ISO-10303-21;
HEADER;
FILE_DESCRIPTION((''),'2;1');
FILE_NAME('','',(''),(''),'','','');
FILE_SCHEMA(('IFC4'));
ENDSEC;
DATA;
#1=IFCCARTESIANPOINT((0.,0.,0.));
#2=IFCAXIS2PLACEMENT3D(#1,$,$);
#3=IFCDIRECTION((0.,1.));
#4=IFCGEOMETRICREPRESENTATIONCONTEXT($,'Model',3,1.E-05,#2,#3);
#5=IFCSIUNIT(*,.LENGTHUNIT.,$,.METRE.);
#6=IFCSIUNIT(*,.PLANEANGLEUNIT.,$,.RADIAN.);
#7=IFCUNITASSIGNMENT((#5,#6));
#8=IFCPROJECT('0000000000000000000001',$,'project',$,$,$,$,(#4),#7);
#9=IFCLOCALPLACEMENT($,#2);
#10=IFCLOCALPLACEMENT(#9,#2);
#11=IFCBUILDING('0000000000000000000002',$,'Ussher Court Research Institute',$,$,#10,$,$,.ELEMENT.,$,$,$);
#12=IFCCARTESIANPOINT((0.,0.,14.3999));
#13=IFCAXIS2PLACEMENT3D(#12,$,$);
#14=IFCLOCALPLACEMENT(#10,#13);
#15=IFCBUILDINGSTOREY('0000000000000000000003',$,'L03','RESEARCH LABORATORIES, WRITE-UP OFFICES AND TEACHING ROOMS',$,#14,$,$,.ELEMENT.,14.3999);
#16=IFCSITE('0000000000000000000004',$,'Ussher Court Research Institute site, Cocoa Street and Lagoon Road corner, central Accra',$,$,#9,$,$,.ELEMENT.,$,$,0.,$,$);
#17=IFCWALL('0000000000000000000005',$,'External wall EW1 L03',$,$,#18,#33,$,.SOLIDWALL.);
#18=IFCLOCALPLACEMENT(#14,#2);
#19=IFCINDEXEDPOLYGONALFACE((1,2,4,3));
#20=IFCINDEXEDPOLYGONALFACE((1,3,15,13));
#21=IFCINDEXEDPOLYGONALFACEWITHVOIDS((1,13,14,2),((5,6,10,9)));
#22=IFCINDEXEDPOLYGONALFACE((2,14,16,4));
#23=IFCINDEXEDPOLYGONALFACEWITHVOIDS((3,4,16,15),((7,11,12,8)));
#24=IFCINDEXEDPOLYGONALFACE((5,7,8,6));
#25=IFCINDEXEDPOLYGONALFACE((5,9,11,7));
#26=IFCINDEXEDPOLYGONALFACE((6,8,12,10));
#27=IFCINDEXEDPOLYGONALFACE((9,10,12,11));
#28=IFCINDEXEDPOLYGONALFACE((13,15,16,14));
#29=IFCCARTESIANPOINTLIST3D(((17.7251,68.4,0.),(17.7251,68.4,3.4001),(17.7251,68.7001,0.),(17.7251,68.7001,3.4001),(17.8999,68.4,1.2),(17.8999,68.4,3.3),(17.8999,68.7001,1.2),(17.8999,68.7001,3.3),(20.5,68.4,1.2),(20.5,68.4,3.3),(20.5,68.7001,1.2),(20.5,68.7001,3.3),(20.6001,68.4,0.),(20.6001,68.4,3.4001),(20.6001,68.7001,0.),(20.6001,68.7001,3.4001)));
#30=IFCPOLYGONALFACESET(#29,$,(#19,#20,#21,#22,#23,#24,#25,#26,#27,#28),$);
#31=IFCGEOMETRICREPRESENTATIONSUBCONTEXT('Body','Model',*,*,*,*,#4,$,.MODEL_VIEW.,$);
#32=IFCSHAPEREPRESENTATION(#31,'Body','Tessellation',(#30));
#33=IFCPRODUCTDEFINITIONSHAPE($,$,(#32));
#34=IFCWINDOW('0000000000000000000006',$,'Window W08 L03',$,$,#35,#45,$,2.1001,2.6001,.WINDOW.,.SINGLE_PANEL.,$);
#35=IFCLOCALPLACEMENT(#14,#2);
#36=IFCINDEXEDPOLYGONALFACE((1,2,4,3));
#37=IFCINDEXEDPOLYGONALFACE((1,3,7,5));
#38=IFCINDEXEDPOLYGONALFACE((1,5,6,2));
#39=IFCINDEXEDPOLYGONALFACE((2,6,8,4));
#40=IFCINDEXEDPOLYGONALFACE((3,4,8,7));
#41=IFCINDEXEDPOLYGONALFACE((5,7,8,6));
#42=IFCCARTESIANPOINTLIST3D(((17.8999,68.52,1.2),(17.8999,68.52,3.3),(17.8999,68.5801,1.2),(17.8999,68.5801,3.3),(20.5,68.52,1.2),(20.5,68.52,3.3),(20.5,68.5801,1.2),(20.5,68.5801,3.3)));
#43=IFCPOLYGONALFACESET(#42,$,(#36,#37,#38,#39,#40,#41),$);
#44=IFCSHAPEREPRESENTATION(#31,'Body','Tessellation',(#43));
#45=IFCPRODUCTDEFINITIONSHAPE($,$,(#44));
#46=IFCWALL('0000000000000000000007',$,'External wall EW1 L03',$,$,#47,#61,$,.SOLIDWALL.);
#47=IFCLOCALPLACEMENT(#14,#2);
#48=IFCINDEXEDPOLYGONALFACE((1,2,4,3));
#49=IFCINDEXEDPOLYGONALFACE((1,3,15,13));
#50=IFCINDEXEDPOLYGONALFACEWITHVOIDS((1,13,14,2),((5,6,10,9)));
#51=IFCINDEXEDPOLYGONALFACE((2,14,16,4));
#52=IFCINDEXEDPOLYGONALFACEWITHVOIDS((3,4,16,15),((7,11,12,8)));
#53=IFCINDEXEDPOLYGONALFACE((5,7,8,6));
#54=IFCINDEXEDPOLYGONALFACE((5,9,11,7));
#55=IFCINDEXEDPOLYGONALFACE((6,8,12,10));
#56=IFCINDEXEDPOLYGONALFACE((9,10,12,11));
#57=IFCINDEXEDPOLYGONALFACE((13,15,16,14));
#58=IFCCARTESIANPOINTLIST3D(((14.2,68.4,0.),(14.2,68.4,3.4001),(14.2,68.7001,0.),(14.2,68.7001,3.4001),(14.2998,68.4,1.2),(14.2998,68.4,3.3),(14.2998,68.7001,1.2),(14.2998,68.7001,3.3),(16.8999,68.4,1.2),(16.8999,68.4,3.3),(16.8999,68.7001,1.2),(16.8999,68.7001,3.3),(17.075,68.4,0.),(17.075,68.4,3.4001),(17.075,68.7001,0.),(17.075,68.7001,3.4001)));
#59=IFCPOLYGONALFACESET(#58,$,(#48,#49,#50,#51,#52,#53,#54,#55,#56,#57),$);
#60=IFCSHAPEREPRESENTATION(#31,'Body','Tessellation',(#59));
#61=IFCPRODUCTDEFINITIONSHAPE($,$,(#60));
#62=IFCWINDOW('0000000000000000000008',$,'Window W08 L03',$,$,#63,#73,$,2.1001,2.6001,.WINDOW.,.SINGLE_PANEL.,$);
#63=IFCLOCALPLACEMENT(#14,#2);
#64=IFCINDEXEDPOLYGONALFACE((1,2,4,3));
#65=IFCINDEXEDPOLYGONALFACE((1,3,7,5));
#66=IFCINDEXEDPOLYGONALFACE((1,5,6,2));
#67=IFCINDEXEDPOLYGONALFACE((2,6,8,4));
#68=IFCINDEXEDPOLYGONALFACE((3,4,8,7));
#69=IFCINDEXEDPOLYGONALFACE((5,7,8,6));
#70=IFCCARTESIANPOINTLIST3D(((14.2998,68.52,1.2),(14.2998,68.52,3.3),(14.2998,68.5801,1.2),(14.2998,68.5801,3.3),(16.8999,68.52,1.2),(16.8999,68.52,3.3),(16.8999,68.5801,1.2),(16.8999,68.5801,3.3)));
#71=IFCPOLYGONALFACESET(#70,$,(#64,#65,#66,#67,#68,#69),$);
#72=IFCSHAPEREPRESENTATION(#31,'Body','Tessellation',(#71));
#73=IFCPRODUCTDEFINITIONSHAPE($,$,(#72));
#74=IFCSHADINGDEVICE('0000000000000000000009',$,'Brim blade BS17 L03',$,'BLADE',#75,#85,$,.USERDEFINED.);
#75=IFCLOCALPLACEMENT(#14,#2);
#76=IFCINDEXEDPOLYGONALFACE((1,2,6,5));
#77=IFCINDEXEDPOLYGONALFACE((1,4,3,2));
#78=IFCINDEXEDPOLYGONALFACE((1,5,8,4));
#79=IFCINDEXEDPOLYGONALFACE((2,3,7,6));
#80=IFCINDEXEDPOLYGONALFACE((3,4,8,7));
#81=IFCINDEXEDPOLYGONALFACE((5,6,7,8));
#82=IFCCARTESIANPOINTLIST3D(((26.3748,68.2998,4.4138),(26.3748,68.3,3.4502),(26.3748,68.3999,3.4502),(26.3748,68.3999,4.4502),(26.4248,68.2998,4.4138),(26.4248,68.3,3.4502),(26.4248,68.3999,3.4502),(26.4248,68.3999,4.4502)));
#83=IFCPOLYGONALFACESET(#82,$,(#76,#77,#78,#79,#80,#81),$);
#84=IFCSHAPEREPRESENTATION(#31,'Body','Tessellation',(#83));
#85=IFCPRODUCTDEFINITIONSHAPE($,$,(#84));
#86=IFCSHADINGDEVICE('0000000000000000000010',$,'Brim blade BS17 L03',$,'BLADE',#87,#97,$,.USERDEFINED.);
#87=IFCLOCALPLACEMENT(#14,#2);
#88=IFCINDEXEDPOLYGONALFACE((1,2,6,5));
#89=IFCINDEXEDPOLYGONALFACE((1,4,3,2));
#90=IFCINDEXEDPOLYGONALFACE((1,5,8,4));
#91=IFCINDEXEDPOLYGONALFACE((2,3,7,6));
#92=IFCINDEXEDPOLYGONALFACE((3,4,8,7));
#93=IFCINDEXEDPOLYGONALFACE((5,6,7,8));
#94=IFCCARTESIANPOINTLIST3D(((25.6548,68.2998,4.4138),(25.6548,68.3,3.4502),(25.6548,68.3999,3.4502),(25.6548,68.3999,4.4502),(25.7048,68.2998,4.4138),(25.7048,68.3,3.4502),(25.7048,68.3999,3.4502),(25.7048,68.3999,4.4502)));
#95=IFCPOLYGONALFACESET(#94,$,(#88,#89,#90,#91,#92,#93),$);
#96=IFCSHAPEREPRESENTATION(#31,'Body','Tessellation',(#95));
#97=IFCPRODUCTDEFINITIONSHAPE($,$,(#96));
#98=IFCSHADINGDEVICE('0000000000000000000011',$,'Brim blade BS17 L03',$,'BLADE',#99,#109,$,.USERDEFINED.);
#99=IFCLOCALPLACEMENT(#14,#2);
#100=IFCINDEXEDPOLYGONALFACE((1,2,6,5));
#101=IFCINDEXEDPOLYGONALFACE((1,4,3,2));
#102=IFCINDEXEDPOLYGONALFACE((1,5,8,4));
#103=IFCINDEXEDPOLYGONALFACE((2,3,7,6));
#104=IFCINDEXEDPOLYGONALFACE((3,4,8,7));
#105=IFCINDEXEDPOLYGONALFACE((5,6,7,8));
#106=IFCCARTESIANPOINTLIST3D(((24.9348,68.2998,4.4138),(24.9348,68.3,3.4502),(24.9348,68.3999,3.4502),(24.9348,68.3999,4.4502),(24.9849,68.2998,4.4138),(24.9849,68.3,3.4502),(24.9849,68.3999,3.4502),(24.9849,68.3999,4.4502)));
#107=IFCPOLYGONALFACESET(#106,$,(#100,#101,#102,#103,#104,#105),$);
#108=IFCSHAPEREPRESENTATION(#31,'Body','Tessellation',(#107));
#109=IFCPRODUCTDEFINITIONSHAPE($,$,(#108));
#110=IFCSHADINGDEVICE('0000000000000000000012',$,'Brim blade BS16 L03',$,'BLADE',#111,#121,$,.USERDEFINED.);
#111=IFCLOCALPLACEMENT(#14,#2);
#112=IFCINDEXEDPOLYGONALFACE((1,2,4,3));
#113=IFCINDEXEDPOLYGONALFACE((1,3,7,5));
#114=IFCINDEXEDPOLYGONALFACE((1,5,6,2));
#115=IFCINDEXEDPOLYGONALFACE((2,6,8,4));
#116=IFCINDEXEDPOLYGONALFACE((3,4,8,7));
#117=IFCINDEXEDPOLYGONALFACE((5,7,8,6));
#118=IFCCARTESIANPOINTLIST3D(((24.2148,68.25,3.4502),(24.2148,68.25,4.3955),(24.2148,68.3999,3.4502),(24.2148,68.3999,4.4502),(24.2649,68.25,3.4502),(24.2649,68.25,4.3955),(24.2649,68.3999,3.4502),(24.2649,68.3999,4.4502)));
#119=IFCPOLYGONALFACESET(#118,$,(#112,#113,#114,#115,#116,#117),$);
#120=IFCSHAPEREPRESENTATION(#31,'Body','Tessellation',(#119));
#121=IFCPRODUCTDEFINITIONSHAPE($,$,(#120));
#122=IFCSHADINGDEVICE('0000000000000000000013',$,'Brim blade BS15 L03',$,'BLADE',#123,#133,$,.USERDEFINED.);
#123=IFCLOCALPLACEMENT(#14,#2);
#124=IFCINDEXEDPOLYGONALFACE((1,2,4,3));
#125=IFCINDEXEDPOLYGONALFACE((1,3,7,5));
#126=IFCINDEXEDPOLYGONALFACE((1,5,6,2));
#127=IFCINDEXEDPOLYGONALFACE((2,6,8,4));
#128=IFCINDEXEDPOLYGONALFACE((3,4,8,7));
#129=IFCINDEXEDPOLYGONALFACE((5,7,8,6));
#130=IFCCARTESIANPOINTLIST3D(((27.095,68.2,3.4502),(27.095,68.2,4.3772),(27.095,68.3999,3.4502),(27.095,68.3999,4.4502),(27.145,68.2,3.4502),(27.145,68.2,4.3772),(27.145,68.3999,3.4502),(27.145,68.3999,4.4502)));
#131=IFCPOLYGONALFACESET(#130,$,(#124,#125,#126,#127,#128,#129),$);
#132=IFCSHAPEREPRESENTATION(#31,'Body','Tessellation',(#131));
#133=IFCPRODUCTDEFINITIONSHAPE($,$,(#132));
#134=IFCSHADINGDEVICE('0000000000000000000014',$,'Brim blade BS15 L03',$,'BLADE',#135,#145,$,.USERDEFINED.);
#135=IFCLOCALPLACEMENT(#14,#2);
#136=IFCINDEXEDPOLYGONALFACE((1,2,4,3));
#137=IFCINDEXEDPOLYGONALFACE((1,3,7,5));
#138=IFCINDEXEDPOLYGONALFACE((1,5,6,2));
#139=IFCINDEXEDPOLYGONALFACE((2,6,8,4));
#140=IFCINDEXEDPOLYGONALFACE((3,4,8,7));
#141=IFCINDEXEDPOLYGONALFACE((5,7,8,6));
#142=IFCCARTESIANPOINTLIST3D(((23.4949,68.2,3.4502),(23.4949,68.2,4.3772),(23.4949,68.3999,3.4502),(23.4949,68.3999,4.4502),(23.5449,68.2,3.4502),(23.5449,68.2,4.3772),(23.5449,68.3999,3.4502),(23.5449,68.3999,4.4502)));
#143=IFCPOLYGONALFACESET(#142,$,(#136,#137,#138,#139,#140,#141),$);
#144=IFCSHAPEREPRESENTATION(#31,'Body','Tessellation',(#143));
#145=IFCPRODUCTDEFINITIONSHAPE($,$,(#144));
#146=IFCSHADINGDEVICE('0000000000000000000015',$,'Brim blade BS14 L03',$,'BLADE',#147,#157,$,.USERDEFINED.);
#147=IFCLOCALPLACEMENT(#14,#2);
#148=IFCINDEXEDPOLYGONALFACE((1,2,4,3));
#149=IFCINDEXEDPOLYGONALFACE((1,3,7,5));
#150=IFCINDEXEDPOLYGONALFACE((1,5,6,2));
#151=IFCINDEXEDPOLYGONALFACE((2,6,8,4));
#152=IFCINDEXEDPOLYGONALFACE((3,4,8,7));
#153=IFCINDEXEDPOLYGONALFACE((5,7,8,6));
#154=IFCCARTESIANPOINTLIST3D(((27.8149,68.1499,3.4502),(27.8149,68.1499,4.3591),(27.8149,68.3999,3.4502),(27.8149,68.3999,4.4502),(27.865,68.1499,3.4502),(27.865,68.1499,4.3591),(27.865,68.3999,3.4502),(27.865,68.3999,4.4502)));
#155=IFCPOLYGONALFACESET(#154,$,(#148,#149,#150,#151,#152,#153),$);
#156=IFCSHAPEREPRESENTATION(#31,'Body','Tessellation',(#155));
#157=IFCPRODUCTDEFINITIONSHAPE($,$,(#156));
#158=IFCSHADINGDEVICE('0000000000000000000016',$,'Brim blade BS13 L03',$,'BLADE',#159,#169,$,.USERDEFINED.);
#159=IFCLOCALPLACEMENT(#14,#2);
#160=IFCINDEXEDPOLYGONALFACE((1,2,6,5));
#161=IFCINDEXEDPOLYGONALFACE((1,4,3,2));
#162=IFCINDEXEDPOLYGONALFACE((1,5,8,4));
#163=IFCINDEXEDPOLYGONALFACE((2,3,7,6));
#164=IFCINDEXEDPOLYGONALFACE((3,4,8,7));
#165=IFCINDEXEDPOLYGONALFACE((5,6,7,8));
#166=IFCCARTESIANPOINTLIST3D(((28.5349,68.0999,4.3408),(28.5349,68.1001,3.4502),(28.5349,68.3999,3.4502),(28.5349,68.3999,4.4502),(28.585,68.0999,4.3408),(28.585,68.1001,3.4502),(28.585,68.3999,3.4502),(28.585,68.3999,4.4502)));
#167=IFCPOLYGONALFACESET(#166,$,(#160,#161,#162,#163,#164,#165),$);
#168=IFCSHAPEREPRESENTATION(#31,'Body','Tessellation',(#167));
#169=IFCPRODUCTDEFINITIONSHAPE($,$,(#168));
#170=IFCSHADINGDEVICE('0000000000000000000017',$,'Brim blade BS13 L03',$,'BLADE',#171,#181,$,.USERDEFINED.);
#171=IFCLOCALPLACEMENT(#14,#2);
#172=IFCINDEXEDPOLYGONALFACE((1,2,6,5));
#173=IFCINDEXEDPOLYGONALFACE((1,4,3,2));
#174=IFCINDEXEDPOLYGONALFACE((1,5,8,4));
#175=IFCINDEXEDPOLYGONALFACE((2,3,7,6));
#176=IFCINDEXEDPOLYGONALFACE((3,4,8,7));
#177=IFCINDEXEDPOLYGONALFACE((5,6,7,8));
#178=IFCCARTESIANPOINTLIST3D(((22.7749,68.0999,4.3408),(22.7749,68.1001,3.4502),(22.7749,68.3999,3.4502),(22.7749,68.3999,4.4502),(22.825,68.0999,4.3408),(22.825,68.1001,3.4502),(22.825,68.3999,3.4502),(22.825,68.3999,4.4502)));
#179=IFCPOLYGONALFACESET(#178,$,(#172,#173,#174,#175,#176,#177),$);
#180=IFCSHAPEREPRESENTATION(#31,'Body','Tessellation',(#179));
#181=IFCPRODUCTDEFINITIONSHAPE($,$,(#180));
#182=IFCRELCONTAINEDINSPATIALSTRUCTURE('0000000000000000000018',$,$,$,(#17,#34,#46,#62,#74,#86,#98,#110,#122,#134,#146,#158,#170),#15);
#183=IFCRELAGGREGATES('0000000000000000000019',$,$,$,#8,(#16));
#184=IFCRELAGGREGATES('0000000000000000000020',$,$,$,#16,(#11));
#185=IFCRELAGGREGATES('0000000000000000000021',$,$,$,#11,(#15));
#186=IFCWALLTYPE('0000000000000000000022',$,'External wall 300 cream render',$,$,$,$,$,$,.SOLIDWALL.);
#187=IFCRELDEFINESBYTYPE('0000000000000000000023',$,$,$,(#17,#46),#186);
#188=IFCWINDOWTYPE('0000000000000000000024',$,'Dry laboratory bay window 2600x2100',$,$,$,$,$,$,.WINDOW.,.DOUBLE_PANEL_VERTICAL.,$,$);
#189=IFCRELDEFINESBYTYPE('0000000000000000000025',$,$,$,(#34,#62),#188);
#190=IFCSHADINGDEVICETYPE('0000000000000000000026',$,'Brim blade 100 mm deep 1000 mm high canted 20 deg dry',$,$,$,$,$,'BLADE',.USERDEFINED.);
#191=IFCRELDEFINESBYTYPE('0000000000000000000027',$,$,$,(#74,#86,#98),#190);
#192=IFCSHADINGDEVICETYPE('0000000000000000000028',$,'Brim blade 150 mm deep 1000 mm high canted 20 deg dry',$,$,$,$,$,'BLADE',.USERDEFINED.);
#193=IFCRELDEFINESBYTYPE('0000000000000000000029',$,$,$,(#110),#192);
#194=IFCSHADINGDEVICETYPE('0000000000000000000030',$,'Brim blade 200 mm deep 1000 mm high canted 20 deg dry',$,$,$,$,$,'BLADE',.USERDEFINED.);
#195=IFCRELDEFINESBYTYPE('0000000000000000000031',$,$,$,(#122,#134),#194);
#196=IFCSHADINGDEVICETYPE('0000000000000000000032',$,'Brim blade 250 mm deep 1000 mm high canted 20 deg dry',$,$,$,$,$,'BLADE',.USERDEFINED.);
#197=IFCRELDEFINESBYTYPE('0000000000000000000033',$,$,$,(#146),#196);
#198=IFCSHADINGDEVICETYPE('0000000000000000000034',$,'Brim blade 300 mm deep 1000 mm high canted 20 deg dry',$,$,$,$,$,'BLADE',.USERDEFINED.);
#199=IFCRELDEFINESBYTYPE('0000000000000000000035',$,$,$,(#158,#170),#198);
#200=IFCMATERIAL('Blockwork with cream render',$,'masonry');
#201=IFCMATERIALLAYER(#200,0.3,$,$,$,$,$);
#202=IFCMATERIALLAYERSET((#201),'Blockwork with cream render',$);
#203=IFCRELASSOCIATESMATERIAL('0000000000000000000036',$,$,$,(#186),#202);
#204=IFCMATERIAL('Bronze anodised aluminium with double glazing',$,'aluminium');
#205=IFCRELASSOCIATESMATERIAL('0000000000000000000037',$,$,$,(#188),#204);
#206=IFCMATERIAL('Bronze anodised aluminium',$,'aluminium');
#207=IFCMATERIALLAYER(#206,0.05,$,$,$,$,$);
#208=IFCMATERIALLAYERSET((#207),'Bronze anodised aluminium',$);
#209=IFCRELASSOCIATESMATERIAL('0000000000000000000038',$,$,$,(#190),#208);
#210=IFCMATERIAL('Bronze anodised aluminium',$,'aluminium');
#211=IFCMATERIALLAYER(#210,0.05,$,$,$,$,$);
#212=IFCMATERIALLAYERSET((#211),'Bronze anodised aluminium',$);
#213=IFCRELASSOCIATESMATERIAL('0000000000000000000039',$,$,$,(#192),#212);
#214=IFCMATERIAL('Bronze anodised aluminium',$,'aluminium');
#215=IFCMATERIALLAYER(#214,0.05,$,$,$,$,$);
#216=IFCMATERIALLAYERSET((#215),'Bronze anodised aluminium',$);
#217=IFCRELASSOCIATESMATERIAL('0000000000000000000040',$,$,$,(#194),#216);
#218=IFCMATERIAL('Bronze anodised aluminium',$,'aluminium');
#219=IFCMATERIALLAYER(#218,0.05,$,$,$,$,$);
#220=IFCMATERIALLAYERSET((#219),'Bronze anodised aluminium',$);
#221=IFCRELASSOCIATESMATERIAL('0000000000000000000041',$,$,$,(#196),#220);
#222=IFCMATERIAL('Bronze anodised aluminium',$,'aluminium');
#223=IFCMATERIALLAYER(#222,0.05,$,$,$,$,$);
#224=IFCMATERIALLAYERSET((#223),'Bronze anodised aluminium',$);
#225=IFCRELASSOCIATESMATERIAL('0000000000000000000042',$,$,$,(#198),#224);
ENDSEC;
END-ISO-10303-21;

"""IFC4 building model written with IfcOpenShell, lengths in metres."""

from ifc_helpers import new_model, si_unit, direction, frame, frame_2d, origin, place, context, subcontext, project, spatial, polyline, rectangle, outline, extrude, material, layer, layer_set, type_object, element, fill, save


model = new_model("IFC4")

# Units and contexts
model_context = context("Model", 3, precision=1e-05, world=origin(), true_north=direction((0.0, 1.0)))
body_context = subcontext(model_context, "Body", "Model", "MODEL_VIEW")
ifc_project = project(units=[si_unit("LENGTHUNIT", "METRE"), si_unit("PLANEANGLEUNIT", "RADIAN")], contexts=[model_context])

# Site, building, storey
site_placement = place(None, origin())
site = spatial("IfcSite", under=ifc_project, at=site_placement, Name="Ussher Court Research Institute site, Cocoa Street and Lagoon Road corner, central Accra", CompositionType="ELEMENT", RefElevation=0.0)
building_placement = place(site_placement, origin())
building = spatial("IfcBuilding", under=site, at=building_placement, Name="Ussher Court Research Institute", CompositionType="ELEMENT")
storey_placement = place(building_placement, frame((0.0, 0.0, 14.3999)))
storey = spatial("IfcBuildingStorey", under=building, at=storey_placement, Name="L03", Description="RESEARCH LABORATORIES, WRITE-UP OFFICES AND TEACHING ROOMS", CompositionType="ELEMENT", Elevation=14.3999)

# Walls, openings, windows
ifc_material_1 = material(Name="Blockwork with cream render", Category="masonry")
ifc_layer_1 = layer(ifc_material_1, 0.3)
ifc_layer_set_1 = layer_set([ifc_layer_1], Name="Blockwork with cream render")
wall_type = type_object("IfcWallType", Name="External wall 300 cream render", PredefinedType="SOLIDWALL", material=ifc_layer_set_1)
wall_1_placement = place(storey_placement, frame((20.6001, 68.55, 0.0), z_axis=(0.0, 0.0, 1.0), x_axis=(-1.0, 0.0, 0.0)))
wall_1 = element("IfcWall", 1, at=wall_1_placement, inside=storey, type_object=wall_type, Name="External wall EW1 L03", PredefinedType="SOLIDWALL", context=body_context, shape_type="SweptSolid", body=[
    extrude(rectangle(XDim=2.875, YDim=0.3, at=frame_2d((1.4375, 0.0))), origin(), (0.0, 0.0, 1.0), 3.4001),
])
opening_1_placement = place(wall_1_placement, frame((0.1001, 0.0, 1.2)))
opening_1 = element("IfcOpeningElement", 2, at=opening_1_placement, cuts=wall_1, PredefinedType="OPENING", context=body_context, shape_type="SweptSolid", body=[
    extrude(rectangle(XDim=2.6001, YDim=2.1001, at=frame_2d((1.3, 1.05))), frame((0.0, 0.1602, 0.0), z_axis=(0.0, -1.0, 0.0), x_axis=(1.0, 0.0, 0.0)), (0.0, 0.0, 1.0), 0.3201),
])
ifc_material_2 = material(Name="Bronze anodised aluminium with double glazing", Category="aluminium")
window_type = type_object("IfcWindowType", Name="Dry laboratory bay window 2600x2100", PartitioningType="DOUBLE_PANEL_VERTICAL", PredefinedType="WINDOW", material=ifc_material_2)
window_1_placement = place(opening_1_placement, origin())
window_1 = element("IfcWindow", 3, at=window_1_placement, inside=storey, type_object=window_type, Name="Window W08 L03", OverallHeight=2.1001, OverallWidth=2.6001, PartitioningType="SINGLE_PANEL", PredefinedType="WINDOW", context=body_context, shape_type="SweptSolid", body=[
    extrude(rectangle(XDim=2.6001, YDim=2.1001, at=frame_2d((1.3, 1.05))), frame((0.0, 0.03, 0.0), z_axis=(0.0, -1.0, 0.0), x_axis=(1.0, 0.0, 0.0)), (0.0, 0.0, 1.0), 0.0601),
])
fill(opening_1, window_1)
wall_2_placement = place(storey_placement, frame((17.075, 68.55, 0.0), z_axis=(0.0, 0.0, 1.0), x_axis=(-1.0, 0.0, 0.0)))
wall_2 = element("IfcWall", 4, at=wall_2_placement, inside=storey, type_object=wall_type, Name="External wall EW1 L03", PredefinedType="SOLIDWALL", context=body_context, shape_type="SweptSolid", body=[
    extrude(rectangle(XDim=2.875, YDim=0.3, at=frame_2d((1.4375, 0.0))), origin(), (0.0, 0.0, 1.0), 3.4001),
])
opening_2_placement = place(wall_2_placement, frame((0.175, 0.0, 1.2)))
opening_2 = element("IfcOpeningElement", 5, at=opening_2_placement, cuts=wall_2, PredefinedType="OPENING", context=body_context, shape_type="SweptSolid", body=[
    extrude(rectangle(XDim=2.6001, YDim=2.1001, at=frame_2d((1.3, 1.05))), frame((0.0, 0.1602, 0.0), z_axis=(0.0, -1.0, 0.0), x_axis=(1.0, 0.0, 0.0)), (0.0, 0.0, 1.0), 0.3201),
])
window_2_placement = place(opening_2_placement, origin())
window_2 = element("IfcWindow", 6, at=window_2_placement, inside=storey, type_object=window_type, Name="Window W08 L03", OverallHeight=2.1001, OverallWidth=2.6001, PartitioningType="SINGLE_PANEL", PredefinedType="WINDOW", context=body_context, shape_type="SweptSolid", body=[
    extrude(rectangle(XDim=2.6001, YDim=2.1001, at=frame_2d((1.3, 1.05))), frame((0.0, 0.03, 0.0), z_axis=(0.0, -1.0, 0.0), x_axis=(1.0, 0.0, 0.0)), (0.0, 0.0, 1.0), 0.0601),
])
fill(opening_2, window_2)

# Shading devices
ifc_material_3 = material(Name="Bronze anodised aluminium", Category="aluminium")
ifc_layer_2 = layer(ifc_material_3, 0.05)
ifc_layer_set_2 = layer_set([ifc_layer_2], Name="Bronze anodised aluminium")
shading_device_type_1 = type_object("IfcShadingDeviceType", Name="Brim blade 100 mm deep 1000 mm high canted 20 deg dry", ElementType="BLADE", PredefinedType="USERDEFINED", material=ifc_layer_set_2)
for number, where, z_axis, x_axis, name in (
    (7, (26.3999, 68.3999, 3.4502), (0.0, 0.0, 1.0), (0.0, -1.0, 0.0), "Brim blade BS17 L03"),
    (8, (25.6799, 68.3999, 3.4502), (0.0, 0.0, 1.0), (0.0, -1.0, 0.0), "Brim blade BS17 L03"),
    (9, (24.96, 68.3999, 3.4502), (0.0, 0.0, 1.0), (0.0, -1.0, 0.0), "Brim blade BS17 L03"),
):
    element("IfcShadingDevice", number, at=place(storey_placement, frame(where, z_axis=z_axis, x_axis=x_axis)), inside=storey, type_object=shading_device_type_1, Name=name, ObjectType="BLADE", PredefinedType="USERDEFINED", context=body_context, shape_type="SweptSolid", body=[
        extrude(outline(polyline([(0.0, 0.0), (0.0999, 0.0), (0.1001, 0.9636), (0.0, 1.0), (0.0, 0.0)])), frame((0.0, 0.0249, 0.0), z_axis=(0.0, -1.0, 0.0), x_axis=(1.0, 0.0, 0.0)), (0.0, 0.0, 1.0), 0.05),
    ])
ifc_material_4 = material(Name="Bronze anodised aluminium", Category="aluminium")
ifc_layer_3 = layer(ifc_material_4, 0.05)
ifc_layer_set_3 = layer_set([ifc_layer_3], Name="Bronze anodised aluminium")
shading_device_type_2 = type_object("IfcShadingDeviceType", Name="Brim blade 150 mm deep 1000 mm high canted 20 deg dry", ElementType="BLADE", PredefinedType="USERDEFINED", material=ifc_layer_set_3)
shading_device_1_placement = place(storey_placement, frame((24.24, 68.3999, 3.4502), z_axis=(0.0, 0.0, 1.0), x_axis=(0.0, -1.0, 0.0)))
element("IfcShadingDevice", 10, at=shading_device_1_placement, inside=storey, type_object=shading_device_type_2, Name="Brim blade BS16 L03", ObjectType="BLADE", PredefinedType="USERDEFINED", context=body_context, shape_type="SweptSolid", body=[
    extrude(outline(polyline([(0.0, 0.0), (0.1499, 0.0), (0.1499, 0.9453), (0.0, 1.0), (0.0, 0.0)])), frame((0.0, 0.0249, 0.0), z_axis=(0.0, -1.0, 0.0), x_axis=(1.0, 0.0, 0.0)), (0.0, 0.0, 1.0), 0.05),
])
ifc_material_5 = material(Name="Bronze anodised aluminium", Category="aluminium")
ifc_layer_4 = layer(ifc_material_5, 0.05)
ifc_layer_set_4 = layer_set([ifc_layer_4], Name="Bronze anodised aluminium")
shading_device_type_3 = type_object("IfcShadingDeviceType", Name="Brim blade 200 mm deep 1000 mm high canted 20 deg dry", ElementType="BLADE", PredefinedType="USERDEFINED", material=ifc_layer_set_4)
for number, where, z_axis, x_axis, name in (
    (11, (27.1201, 68.3999, 3.4502), (0.0, 0.0, 1.0), (0.0, -1.0, 0.0), "Brim blade BS15 L03"),
    (12, (23.52, 68.3999, 3.4502), (0.0, 0.0, 1.0), (0.0, -1.0, 0.0), "Brim blade BS15 L03"),
):
    element("IfcShadingDevice", number, at=place(storey_placement, frame(where, z_axis=z_axis, x_axis=x_axis)), inside=storey, type_object=shading_device_type_3, Name=name, ObjectType="BLADE", PredefinedType="USERDEFINED", context=body_context, shape_type="SweptSolid", body=[
        extrude(outline(polyline([(0.0, 0.0), (0.2, 0.0), (0.2, 0.927), (0.0, 1.0), (0.0, 0.0)])), frame((0.0, 0.0249, 0.0), z_axis=(0.0, -1.0, 0.0), x_axis=(1.0, 0.0, 0.0)), (0.0, 0.0, 1.0), 0.05),
    ])
ifc_material_6 = material(Name="Bronze anodised aluminium", Category="aluminium")
ifc_layer_5 = layer(ifc_material_6, 0.05)
ifc_layer_set_5 = layer_set([ifc_layer_5], Name="Bronze anodised aluminium")
shading_device_type_4 = type_object("IfcShadingDeviceType", Name="Brim blade 250 mm deep 1000 mm high canted 20 deg dry", ElementType="BLADE", PredefinedType="USERDEFINED", material=ifc_layer_set_5)
shading_device_2_placement = place(storey_placement, frame((27.8401, 68.3999, 3.4502), z_axis=(0.0, 0.0, 1.0), x_axis=(0.0, -1.0, 0.0)))
element("IfcShadingDevice", 13, at=shading_device_2_placement, inside=storey, type_object=shading_device_type_4, Name="Brim blade BS14 L03", ObjectType="BLADE", PredefinedType="USERDEFINED", context=body_context, shape_type="SweptSolid", body=[
    extrude(outline(polyline([(0.0, 0.0), (0.25, 0.0), (0.25, 0.9089), (0.0, 1.0), (0.0, 0.0)])), frame((0.0, 0.0249, 0.0), z_axis=(0.0, -1.0, 0.0), x_axis=(1.0, 0.0, 0.0)), (0.0, 0.0, 1.0), 0.05),
])
ifc_material_7 = material(Name="Bronze anodised aluminium", Category="aluminium")
ifc_layer_6 = layer(ifc_material_7, 0.05)
ifc_layer_set_6 = layer_set([ifc_layer_6], Name="Bronze anodised aluminium")
shading_device_type_5 = type_object("IfcShadingDeviceType", Name="Brim blade 300 mm deep 1000 mm high canted 20 deg dry", ElementType="BLADE", PredefinedType="USERDEFINED", material=ifc_layer_set_6)
for number, where, z_axis, x_axis, name in (
    (14, (28.5601, 68.3999, 3.4502), (0.0, 0.0, 1.0), (0.0, -1.0, 0.0), "Brim blade BS13 L03"),
    (15, (22.8, 68.3999, 3.4502), (0.0, 0.0, 1.0), (0.0, -1.0, 0.0), "Brim blade BS13 L03"),
):
    element("IfcShadingDevice", number, at=place(storey_placement, frame(where, z_axis=z_axis, x_axis=x_axis)), inside=storey, type_object=shading_device_type_5, Name=name, ObjectType="BLADE", PredefinedType="USERDEFINED", context=body_context, shape_type="SweptSolid", body=[
        extrude(outline(polyline([(0.0, 0.0), (0.2998, 0.0), (0.3, 0.8906), (0.0, 1.0), (0.0, 0.0)])), frame((0.0, 0.0249, 0.0), z_axis=(0.0, -1.0, 0.0), x_axis=(1.0, 0.0, 0.0)), (0.0, 0.0, 1.0), 0.05),
    ])

save(model, "model.ifc")
